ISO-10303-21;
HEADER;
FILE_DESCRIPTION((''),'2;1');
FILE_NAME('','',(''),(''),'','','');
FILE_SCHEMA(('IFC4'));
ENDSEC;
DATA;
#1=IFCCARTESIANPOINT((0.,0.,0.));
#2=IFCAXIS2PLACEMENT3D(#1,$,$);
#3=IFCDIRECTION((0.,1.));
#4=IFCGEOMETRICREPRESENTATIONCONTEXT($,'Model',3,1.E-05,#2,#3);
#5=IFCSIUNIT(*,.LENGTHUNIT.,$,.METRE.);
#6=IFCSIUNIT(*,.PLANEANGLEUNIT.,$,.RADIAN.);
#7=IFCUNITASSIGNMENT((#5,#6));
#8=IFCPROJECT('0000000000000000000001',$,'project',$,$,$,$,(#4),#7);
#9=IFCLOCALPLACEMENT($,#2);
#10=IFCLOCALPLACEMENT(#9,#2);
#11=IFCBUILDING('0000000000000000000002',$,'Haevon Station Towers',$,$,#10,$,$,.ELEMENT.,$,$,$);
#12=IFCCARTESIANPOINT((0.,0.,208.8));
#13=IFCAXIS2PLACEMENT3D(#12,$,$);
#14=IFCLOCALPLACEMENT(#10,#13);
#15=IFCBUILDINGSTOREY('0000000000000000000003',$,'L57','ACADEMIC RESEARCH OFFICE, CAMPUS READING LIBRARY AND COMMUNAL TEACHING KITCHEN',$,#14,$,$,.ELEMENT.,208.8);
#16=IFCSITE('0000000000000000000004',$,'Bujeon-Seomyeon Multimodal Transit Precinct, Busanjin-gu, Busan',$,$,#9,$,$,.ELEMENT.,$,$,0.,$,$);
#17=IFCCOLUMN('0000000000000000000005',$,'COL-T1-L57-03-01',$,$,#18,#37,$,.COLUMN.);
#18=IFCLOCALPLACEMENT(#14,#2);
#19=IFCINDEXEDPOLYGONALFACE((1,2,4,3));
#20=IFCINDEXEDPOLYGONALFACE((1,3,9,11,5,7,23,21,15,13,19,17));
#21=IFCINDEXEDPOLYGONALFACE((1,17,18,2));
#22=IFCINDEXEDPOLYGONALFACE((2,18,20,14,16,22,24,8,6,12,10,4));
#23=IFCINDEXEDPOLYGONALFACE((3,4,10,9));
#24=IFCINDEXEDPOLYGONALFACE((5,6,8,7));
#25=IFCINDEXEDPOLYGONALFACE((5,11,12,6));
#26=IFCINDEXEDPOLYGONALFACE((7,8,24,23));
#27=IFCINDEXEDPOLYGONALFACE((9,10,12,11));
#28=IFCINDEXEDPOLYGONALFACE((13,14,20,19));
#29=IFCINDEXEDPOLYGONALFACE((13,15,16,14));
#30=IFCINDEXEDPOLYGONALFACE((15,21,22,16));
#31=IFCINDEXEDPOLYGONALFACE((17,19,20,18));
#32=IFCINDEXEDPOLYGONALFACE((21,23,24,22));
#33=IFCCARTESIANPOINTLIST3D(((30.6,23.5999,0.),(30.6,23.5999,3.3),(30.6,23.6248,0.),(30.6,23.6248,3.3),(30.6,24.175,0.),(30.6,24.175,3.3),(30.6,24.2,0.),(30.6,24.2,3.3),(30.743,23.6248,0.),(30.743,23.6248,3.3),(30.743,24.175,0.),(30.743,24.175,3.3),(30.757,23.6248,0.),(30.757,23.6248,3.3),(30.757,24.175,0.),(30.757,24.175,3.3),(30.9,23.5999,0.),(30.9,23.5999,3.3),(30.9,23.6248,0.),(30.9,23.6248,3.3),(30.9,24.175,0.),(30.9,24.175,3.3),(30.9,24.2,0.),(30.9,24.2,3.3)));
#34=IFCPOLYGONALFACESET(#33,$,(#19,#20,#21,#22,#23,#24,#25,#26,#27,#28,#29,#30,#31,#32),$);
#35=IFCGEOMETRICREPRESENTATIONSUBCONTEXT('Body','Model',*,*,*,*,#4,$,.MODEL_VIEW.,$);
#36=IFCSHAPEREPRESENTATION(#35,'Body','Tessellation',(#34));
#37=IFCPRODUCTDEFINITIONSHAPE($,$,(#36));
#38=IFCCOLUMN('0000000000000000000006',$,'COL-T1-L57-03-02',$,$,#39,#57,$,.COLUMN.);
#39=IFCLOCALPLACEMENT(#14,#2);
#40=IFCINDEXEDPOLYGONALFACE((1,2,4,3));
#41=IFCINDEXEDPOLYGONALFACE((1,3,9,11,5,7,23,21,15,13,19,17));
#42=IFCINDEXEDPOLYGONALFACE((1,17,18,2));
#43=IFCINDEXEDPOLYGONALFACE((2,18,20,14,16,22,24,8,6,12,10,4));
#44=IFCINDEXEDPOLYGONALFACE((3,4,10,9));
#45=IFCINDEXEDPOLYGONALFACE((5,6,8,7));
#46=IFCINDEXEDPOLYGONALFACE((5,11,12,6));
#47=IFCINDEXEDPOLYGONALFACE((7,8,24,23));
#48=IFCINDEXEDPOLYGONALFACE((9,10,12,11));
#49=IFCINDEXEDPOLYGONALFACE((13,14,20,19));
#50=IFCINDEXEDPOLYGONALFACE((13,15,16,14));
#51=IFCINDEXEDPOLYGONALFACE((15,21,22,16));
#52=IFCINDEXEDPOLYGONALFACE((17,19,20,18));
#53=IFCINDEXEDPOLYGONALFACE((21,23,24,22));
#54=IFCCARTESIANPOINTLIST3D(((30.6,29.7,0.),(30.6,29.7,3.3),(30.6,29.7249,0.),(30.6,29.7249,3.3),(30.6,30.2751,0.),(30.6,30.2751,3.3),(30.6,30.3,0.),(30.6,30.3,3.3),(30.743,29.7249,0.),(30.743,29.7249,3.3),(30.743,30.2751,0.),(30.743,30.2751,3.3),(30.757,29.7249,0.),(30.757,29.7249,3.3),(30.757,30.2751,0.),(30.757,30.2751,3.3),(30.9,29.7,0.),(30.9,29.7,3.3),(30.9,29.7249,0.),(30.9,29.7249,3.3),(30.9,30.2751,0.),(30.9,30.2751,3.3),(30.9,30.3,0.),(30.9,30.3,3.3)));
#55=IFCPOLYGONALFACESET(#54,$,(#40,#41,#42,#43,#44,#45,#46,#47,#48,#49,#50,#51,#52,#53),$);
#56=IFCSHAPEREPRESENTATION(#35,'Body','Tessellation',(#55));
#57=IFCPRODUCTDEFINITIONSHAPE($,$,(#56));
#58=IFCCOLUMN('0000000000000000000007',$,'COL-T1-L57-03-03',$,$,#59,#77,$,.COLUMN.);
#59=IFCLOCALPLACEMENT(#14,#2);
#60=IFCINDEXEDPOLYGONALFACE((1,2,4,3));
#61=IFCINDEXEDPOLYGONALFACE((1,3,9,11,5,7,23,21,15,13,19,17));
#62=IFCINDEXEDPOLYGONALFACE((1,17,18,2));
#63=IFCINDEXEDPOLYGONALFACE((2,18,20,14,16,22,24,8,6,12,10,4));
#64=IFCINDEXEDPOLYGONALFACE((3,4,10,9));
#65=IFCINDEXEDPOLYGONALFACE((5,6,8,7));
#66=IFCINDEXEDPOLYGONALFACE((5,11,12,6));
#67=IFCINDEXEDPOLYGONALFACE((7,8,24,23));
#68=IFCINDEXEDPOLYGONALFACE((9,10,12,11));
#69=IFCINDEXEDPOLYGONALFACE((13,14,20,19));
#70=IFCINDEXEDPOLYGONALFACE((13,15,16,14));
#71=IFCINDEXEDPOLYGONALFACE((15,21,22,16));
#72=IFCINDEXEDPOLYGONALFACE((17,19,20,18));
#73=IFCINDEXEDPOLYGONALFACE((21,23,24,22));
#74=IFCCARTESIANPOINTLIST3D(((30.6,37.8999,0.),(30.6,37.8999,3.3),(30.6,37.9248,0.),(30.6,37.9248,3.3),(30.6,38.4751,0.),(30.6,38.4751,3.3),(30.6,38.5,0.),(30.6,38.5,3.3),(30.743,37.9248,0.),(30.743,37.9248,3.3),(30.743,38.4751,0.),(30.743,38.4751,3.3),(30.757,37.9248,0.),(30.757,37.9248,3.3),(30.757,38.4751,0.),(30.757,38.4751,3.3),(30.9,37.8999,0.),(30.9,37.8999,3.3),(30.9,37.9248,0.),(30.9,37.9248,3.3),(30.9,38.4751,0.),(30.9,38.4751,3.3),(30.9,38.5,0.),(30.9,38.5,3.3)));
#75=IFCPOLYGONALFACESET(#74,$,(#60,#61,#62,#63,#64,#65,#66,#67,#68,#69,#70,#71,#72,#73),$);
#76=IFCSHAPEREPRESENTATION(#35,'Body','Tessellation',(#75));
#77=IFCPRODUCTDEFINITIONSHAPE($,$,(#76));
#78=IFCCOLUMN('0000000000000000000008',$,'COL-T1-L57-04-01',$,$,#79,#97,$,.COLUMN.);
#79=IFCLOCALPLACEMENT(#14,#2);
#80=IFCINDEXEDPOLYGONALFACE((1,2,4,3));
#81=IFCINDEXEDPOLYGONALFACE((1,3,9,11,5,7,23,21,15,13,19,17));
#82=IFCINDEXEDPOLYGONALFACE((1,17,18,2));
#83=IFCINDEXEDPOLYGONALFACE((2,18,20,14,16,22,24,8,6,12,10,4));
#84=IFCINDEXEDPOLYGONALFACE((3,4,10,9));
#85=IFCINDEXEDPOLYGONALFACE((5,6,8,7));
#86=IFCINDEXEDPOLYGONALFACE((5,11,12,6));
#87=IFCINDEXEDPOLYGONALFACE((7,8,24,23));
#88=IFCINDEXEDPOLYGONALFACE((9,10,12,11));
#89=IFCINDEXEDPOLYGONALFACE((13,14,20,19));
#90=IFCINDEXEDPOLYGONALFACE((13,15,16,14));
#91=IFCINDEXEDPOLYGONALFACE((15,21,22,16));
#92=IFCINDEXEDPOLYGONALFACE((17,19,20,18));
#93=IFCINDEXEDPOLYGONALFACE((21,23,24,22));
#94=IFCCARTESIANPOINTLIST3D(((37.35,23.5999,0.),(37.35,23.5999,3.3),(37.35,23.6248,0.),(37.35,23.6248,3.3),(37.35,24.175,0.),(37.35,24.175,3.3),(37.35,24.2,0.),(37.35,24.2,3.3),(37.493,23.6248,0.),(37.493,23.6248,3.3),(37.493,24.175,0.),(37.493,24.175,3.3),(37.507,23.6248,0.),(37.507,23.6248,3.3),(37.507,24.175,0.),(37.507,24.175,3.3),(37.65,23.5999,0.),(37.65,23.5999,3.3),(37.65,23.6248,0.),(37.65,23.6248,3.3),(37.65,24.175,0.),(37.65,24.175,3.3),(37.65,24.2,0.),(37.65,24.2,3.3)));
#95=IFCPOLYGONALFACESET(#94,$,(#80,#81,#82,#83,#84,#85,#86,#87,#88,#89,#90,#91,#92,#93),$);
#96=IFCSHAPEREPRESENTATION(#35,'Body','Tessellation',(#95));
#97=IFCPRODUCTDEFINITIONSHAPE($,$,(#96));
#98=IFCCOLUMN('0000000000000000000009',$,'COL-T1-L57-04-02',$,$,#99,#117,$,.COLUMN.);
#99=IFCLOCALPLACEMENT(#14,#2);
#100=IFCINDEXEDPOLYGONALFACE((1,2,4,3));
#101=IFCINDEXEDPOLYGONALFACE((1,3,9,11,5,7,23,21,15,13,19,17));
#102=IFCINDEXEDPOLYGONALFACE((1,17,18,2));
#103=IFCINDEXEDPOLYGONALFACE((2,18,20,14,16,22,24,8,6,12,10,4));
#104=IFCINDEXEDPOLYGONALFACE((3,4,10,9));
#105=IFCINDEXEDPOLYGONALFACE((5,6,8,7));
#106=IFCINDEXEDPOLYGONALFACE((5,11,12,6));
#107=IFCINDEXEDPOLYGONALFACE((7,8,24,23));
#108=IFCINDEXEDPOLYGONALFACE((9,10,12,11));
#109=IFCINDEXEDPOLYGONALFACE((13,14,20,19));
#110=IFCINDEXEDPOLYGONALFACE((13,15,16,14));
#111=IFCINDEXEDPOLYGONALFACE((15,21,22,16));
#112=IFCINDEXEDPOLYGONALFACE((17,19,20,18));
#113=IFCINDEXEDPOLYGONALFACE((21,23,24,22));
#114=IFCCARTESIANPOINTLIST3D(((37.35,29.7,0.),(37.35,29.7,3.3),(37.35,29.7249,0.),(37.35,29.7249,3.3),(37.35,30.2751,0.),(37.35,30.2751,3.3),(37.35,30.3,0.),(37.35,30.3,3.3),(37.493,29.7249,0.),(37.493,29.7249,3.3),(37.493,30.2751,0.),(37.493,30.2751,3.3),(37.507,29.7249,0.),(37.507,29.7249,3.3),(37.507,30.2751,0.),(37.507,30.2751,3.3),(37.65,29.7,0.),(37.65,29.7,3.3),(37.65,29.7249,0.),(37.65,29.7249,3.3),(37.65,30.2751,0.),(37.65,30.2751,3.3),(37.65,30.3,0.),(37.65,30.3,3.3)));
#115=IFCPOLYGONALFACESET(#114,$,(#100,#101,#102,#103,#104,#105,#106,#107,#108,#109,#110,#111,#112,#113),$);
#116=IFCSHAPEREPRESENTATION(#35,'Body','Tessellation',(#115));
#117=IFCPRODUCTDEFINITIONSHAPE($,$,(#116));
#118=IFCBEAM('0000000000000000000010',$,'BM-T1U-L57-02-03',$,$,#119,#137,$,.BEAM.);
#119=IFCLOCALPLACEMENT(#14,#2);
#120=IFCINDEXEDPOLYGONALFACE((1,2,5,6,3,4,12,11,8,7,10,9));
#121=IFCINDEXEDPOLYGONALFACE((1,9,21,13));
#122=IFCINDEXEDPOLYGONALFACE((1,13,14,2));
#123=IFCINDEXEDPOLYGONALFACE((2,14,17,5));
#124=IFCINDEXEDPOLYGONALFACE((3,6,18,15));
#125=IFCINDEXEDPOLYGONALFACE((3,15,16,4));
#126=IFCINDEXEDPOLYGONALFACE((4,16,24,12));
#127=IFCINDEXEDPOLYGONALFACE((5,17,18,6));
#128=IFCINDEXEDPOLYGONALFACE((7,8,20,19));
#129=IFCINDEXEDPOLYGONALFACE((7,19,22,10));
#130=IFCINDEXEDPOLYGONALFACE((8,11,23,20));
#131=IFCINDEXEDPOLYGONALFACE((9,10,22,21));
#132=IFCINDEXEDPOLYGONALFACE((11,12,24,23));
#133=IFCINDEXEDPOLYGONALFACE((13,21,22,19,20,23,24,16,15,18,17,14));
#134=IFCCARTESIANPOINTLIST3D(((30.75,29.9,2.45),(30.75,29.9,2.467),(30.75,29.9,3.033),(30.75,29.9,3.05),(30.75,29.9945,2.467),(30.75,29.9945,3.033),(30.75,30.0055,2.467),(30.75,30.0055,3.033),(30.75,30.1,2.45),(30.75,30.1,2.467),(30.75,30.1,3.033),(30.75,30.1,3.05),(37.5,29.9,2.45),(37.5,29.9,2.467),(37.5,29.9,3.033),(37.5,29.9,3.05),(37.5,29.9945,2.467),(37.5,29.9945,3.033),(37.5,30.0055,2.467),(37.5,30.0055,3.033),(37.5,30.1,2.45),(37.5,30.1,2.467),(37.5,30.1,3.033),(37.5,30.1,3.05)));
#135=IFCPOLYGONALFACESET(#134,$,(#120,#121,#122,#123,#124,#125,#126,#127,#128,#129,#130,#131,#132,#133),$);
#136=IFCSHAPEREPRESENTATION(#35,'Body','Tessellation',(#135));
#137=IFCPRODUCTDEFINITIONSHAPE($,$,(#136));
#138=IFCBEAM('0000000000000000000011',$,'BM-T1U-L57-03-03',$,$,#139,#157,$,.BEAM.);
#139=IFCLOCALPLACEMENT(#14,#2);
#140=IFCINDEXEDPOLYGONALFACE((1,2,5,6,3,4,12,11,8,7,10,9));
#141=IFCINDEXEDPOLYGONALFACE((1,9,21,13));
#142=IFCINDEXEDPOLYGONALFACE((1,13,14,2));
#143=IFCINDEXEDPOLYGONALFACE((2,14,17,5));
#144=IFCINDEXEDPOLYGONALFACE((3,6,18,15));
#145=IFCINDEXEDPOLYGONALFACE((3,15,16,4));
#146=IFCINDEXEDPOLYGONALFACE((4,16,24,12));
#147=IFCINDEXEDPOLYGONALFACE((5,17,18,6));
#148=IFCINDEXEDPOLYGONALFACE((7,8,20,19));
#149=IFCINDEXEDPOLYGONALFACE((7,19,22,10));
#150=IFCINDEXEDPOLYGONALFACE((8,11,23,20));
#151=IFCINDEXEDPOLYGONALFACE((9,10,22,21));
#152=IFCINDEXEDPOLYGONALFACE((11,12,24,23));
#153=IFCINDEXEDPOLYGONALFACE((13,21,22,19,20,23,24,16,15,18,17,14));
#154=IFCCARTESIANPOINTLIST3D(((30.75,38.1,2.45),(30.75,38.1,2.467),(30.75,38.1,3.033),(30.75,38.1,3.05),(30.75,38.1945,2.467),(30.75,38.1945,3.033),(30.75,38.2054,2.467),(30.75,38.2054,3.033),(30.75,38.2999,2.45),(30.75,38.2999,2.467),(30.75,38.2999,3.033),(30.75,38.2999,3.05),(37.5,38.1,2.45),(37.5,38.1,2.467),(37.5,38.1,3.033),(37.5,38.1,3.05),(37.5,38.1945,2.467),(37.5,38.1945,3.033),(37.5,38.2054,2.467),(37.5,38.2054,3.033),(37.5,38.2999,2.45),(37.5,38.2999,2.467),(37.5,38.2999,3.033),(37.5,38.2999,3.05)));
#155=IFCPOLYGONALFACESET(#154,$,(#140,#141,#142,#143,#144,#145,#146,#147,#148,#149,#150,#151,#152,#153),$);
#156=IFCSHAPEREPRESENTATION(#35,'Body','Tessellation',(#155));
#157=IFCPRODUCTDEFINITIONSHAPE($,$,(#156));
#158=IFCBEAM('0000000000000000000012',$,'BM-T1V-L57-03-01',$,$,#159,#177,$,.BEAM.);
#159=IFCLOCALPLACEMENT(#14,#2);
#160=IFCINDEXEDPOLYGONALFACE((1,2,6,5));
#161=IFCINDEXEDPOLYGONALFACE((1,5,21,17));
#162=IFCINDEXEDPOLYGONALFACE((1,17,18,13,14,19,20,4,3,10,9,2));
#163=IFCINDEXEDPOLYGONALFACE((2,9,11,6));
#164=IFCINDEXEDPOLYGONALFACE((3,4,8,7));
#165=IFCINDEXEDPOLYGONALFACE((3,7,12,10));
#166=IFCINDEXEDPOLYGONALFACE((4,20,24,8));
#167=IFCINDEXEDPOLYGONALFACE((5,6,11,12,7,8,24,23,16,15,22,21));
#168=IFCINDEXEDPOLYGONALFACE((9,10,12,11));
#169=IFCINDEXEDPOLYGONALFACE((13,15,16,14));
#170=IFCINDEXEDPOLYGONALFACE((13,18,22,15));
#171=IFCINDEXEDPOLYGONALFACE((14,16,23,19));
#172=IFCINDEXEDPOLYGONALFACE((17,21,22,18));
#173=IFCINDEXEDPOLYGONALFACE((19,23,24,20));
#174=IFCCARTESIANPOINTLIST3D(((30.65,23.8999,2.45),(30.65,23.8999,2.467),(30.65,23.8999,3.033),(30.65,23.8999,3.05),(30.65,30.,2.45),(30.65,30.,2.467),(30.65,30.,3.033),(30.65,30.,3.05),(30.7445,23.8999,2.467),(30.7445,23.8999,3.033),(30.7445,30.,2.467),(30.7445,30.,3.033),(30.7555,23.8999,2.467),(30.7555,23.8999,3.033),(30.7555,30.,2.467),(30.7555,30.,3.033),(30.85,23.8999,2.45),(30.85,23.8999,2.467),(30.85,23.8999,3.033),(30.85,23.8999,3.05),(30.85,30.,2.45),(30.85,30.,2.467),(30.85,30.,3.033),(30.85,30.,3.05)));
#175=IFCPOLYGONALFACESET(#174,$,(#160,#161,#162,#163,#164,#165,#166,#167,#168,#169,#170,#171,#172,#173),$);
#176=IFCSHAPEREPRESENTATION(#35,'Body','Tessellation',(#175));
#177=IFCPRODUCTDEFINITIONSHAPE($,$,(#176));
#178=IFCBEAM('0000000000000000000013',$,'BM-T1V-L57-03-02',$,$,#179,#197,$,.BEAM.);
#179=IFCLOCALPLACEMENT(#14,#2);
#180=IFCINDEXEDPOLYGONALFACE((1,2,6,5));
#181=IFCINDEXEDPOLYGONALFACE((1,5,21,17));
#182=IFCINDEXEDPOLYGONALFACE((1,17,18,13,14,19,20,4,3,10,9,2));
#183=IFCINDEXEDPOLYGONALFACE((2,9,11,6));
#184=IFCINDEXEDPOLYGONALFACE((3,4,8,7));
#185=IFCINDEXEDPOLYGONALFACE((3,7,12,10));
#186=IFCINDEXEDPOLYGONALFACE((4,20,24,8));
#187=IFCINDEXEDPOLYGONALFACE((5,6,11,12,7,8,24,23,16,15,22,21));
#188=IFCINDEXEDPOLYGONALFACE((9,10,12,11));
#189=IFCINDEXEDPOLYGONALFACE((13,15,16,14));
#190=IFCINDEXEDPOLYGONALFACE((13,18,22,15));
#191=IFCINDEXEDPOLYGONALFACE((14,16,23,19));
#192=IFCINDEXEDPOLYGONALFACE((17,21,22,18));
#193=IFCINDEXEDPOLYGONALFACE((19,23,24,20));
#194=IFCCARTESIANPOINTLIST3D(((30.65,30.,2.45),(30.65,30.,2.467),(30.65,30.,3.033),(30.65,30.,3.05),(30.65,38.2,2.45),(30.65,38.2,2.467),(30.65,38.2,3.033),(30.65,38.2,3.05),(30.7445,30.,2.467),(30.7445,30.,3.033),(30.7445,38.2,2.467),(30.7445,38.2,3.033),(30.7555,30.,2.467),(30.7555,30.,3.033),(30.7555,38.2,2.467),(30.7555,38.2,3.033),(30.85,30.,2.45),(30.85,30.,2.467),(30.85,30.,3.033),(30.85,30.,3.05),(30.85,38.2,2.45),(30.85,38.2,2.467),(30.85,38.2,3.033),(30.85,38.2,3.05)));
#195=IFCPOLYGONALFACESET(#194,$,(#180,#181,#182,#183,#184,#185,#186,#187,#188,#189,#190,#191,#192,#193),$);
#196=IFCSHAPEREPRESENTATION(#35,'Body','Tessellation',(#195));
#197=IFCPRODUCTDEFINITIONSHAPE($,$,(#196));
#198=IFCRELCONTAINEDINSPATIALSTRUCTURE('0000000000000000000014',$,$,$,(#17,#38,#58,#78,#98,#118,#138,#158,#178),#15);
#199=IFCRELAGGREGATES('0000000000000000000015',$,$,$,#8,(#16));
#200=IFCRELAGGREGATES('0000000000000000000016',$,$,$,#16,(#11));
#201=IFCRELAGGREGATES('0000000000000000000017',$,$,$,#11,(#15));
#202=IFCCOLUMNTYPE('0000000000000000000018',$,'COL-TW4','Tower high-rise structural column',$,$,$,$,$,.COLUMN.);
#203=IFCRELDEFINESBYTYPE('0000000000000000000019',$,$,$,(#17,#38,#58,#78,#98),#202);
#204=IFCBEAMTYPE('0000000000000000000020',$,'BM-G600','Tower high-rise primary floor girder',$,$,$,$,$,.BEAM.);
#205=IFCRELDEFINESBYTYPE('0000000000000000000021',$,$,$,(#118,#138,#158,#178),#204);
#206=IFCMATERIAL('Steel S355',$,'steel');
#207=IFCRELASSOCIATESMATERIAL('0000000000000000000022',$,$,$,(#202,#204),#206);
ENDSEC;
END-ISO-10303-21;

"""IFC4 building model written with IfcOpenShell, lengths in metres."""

from ifc_helpers import new_model, si_unit, direction, frame, origin, origin_2d, place, context, subcontext, project, spatial, i_section, extrude, material, material_profile, profile_set, type_object, element, save


model = new_model("IFC4")

# Units and contexts
model_context = context("Model", 3, precision=1e-05, world=origin(), true_north=direction((0.0, 1.0)))
body_context = subcontext(model_context, "Body", "Model", "MODEL_VIEW")
ifc_project = project(units=[si_unit("LENGTHUNIT", "METRE"), si_unit("PLANEANGLEUNIT", "RADIAN")], contexts=[model_context])

# Site, building, storey
site_placement = place(None, origin())
site = spatial("IfcSite", under=ifc_project, at=site_placement, Name="Bujeon-Seomyeon Multimodal Transit Precinct, Busanjin-gu, Busan", CompositionType="ELEMENT", RefElevation=0.0)
building_placement = place(site_placement, origin())
building = spatial("IfcBuilding", under=site, at=building_placement, Name="Haevon Station Towers", CompositionType="ELEMENT")
storey_placement = place(building_placement, frame((0.0, 0.0, 208.8)))
storey = spatial("IfcBuildingStorey", under=building, at=storey_placement, Name="L57", Description="ACADEMIC RESEARCH OFFICE, CAMPUS READING LIBRARY AND COMMUNAL TEACHING KITCHEN", CompositionType="ELEMENT", Elevation=208.8)

# Columns
ifc_material_1 = material(Name="Steel S355", Category="steel")
ifc_material_profile_1 = material_profile(ifc_material_1, i_section(OverallWidth=0.3, OverallDepth=0.6001, WebThickness=0.0139, FlangeThickness=0.0249, at=origin_2d()), Name="H-600x300x14x25")
ifc_profile_set_1 = profile_set([ifc_material_profile_1], Name="Steel S355")
column_type = type_object("IfcColumnType", Name="COL-TW4", Description="Tower high-rise structural column", PredefinedType="COLUMN", material=ifc_profile_set_1)
for number, where, z_axis, x_axis, name in (
    (1, (30.75, 23.8999, 0.0), (0.0, 0.0, 1.0), (1.0, 0.0, 0.0), "COL-T1-L57-03-01"),
    (2, (30.75, 30.0, 0.0), (0.0, 0.0, 1.0), (1.0, 0.0, 0.0), "COL-T1-L57-03-02"),
    (3, (30.75, 38.2, 0.0), (0.0, 0.0, 1.0), (1.0, 0.0, 0.0), "COL-T1-L57-03-03"),
    (4, (37.5, 23.8999, 0.0), (0.0, 0.0, 1.0), (1.0, 0.0, 0.0), "COL-T1-L57-04-01"),
    (5, (37.5, 30.0, 0.0), (0.0, 0.0, 1.0), (1.0, 0.0, 0.0), "COL-T1-L57-04-02"),
):
    element("IfcColumn", number, at=place(storey_placement, frame(where, z_axis=z_axis, x_axis=x_axis)), inside=storey, type_object=column_type, Name=name, PredefinedType="COLUMN", context=body_context, shape_type="SweptSolid", body=[
        extrude(i_section(OverallWidth=0.3, OverallDepth=0.6001, WebThickness=0.0139, FlangeThickness=0.0249, at=origin_2d()), origin(), (0.0, 0.0, 1.0), 3.3),
    ])

# Beams
ifc_material_profile_2 = material_profile(ifc_material_1, i_section(OverallWidth=0.2, OverallDepth=0.6001, WebThickness=0.011, FlangeThickness=0.0171, at=origin_2d()), Name="H-600x200x11x17")
ifc_profile_set_2 = profile_set([ifc_material_profile_2], Name="Steel S355")
beam_type_1 = type_object("IfcBeamType", Name="BM-G600", Description="Tower high-rise primary floor girder", PredefinedType="BEAM", material=ifc_profile_set_2)
for number, where, z_axis, x_axis, name in (
    (6, (30.75, 30.0, 2.75), (1.0, 0.0, 0.0), (0.0, 1.0, 0.0), "BM-T1U-L57-02-03"),
    (7, (30.75, 38.2, 2.75), (1.0, 0.0, 0.0), (0.0, 1.0, 0.0), "BM-T1U-L57-03-03"),
):
    element("IfcBeam", number, at=place(storey_placement, frame(where, z_axis=z_axis, x_axis=x_axis)), inside=storey, type_object=beam_type_1, Name=name, PredefinedType="BEAM", context=body_context, shape_type="SweptSolid", body=[
        extrude(i_section(OverallWidth=0.2, OverallDepth=0.6001, WebThickness=0.011, FlangeThickness=0.0171, at=origin_2d()), origin(), (0.0, 0.0, 1.0), 6.75),
    ])
beam_1_placement = place(storey_placement, frame((30.75, 23.8999, 2.75), z_axis=(0.0, 1.0, 0.0), x_axis=(-1.0, 0.0, 0.0)))
element("IfcBeam", 8, at=beam_1_placement, inside=storey, type_object=beam_type_1, Name="BM-T1V-L57-03-01", PredefinedType="BEAM", context=body_context, shape_type="SweptSolid", body=[
    extrude(i_section(OverallWidth=0.2, OverallDepth=0.6001, WebThickness=0.011, FlangeThickness=0.0171, at=origin_2d()), origin(), (0.0, 0.0, 1.0), 6.1001),
])
beam_2_placement = place(storey_placement, frame((30.75, 30.0, 2.75), z_axis=(0.0, 1.0, 0.0), x_axis=(-1.0, 0.0, 0.0)))
element("IfcBeam", 9, at=beam_2_placement, inside=storey, type_object=beam_type_1, Name="BM-T1V-L57-03-02", PredefinedType="BEAM", context=body_context, shape_type="SweptSolid", body=[
    extrude(i_section(OverallWidth=0.2, OverallDepth=0.6001, WebThickness=0.011, FlangeThickness=0.0171, at=origin_2d()), origin(), (0.0, 0.0, 1.0), 8.2),
])

save(model, "model.ifc")
